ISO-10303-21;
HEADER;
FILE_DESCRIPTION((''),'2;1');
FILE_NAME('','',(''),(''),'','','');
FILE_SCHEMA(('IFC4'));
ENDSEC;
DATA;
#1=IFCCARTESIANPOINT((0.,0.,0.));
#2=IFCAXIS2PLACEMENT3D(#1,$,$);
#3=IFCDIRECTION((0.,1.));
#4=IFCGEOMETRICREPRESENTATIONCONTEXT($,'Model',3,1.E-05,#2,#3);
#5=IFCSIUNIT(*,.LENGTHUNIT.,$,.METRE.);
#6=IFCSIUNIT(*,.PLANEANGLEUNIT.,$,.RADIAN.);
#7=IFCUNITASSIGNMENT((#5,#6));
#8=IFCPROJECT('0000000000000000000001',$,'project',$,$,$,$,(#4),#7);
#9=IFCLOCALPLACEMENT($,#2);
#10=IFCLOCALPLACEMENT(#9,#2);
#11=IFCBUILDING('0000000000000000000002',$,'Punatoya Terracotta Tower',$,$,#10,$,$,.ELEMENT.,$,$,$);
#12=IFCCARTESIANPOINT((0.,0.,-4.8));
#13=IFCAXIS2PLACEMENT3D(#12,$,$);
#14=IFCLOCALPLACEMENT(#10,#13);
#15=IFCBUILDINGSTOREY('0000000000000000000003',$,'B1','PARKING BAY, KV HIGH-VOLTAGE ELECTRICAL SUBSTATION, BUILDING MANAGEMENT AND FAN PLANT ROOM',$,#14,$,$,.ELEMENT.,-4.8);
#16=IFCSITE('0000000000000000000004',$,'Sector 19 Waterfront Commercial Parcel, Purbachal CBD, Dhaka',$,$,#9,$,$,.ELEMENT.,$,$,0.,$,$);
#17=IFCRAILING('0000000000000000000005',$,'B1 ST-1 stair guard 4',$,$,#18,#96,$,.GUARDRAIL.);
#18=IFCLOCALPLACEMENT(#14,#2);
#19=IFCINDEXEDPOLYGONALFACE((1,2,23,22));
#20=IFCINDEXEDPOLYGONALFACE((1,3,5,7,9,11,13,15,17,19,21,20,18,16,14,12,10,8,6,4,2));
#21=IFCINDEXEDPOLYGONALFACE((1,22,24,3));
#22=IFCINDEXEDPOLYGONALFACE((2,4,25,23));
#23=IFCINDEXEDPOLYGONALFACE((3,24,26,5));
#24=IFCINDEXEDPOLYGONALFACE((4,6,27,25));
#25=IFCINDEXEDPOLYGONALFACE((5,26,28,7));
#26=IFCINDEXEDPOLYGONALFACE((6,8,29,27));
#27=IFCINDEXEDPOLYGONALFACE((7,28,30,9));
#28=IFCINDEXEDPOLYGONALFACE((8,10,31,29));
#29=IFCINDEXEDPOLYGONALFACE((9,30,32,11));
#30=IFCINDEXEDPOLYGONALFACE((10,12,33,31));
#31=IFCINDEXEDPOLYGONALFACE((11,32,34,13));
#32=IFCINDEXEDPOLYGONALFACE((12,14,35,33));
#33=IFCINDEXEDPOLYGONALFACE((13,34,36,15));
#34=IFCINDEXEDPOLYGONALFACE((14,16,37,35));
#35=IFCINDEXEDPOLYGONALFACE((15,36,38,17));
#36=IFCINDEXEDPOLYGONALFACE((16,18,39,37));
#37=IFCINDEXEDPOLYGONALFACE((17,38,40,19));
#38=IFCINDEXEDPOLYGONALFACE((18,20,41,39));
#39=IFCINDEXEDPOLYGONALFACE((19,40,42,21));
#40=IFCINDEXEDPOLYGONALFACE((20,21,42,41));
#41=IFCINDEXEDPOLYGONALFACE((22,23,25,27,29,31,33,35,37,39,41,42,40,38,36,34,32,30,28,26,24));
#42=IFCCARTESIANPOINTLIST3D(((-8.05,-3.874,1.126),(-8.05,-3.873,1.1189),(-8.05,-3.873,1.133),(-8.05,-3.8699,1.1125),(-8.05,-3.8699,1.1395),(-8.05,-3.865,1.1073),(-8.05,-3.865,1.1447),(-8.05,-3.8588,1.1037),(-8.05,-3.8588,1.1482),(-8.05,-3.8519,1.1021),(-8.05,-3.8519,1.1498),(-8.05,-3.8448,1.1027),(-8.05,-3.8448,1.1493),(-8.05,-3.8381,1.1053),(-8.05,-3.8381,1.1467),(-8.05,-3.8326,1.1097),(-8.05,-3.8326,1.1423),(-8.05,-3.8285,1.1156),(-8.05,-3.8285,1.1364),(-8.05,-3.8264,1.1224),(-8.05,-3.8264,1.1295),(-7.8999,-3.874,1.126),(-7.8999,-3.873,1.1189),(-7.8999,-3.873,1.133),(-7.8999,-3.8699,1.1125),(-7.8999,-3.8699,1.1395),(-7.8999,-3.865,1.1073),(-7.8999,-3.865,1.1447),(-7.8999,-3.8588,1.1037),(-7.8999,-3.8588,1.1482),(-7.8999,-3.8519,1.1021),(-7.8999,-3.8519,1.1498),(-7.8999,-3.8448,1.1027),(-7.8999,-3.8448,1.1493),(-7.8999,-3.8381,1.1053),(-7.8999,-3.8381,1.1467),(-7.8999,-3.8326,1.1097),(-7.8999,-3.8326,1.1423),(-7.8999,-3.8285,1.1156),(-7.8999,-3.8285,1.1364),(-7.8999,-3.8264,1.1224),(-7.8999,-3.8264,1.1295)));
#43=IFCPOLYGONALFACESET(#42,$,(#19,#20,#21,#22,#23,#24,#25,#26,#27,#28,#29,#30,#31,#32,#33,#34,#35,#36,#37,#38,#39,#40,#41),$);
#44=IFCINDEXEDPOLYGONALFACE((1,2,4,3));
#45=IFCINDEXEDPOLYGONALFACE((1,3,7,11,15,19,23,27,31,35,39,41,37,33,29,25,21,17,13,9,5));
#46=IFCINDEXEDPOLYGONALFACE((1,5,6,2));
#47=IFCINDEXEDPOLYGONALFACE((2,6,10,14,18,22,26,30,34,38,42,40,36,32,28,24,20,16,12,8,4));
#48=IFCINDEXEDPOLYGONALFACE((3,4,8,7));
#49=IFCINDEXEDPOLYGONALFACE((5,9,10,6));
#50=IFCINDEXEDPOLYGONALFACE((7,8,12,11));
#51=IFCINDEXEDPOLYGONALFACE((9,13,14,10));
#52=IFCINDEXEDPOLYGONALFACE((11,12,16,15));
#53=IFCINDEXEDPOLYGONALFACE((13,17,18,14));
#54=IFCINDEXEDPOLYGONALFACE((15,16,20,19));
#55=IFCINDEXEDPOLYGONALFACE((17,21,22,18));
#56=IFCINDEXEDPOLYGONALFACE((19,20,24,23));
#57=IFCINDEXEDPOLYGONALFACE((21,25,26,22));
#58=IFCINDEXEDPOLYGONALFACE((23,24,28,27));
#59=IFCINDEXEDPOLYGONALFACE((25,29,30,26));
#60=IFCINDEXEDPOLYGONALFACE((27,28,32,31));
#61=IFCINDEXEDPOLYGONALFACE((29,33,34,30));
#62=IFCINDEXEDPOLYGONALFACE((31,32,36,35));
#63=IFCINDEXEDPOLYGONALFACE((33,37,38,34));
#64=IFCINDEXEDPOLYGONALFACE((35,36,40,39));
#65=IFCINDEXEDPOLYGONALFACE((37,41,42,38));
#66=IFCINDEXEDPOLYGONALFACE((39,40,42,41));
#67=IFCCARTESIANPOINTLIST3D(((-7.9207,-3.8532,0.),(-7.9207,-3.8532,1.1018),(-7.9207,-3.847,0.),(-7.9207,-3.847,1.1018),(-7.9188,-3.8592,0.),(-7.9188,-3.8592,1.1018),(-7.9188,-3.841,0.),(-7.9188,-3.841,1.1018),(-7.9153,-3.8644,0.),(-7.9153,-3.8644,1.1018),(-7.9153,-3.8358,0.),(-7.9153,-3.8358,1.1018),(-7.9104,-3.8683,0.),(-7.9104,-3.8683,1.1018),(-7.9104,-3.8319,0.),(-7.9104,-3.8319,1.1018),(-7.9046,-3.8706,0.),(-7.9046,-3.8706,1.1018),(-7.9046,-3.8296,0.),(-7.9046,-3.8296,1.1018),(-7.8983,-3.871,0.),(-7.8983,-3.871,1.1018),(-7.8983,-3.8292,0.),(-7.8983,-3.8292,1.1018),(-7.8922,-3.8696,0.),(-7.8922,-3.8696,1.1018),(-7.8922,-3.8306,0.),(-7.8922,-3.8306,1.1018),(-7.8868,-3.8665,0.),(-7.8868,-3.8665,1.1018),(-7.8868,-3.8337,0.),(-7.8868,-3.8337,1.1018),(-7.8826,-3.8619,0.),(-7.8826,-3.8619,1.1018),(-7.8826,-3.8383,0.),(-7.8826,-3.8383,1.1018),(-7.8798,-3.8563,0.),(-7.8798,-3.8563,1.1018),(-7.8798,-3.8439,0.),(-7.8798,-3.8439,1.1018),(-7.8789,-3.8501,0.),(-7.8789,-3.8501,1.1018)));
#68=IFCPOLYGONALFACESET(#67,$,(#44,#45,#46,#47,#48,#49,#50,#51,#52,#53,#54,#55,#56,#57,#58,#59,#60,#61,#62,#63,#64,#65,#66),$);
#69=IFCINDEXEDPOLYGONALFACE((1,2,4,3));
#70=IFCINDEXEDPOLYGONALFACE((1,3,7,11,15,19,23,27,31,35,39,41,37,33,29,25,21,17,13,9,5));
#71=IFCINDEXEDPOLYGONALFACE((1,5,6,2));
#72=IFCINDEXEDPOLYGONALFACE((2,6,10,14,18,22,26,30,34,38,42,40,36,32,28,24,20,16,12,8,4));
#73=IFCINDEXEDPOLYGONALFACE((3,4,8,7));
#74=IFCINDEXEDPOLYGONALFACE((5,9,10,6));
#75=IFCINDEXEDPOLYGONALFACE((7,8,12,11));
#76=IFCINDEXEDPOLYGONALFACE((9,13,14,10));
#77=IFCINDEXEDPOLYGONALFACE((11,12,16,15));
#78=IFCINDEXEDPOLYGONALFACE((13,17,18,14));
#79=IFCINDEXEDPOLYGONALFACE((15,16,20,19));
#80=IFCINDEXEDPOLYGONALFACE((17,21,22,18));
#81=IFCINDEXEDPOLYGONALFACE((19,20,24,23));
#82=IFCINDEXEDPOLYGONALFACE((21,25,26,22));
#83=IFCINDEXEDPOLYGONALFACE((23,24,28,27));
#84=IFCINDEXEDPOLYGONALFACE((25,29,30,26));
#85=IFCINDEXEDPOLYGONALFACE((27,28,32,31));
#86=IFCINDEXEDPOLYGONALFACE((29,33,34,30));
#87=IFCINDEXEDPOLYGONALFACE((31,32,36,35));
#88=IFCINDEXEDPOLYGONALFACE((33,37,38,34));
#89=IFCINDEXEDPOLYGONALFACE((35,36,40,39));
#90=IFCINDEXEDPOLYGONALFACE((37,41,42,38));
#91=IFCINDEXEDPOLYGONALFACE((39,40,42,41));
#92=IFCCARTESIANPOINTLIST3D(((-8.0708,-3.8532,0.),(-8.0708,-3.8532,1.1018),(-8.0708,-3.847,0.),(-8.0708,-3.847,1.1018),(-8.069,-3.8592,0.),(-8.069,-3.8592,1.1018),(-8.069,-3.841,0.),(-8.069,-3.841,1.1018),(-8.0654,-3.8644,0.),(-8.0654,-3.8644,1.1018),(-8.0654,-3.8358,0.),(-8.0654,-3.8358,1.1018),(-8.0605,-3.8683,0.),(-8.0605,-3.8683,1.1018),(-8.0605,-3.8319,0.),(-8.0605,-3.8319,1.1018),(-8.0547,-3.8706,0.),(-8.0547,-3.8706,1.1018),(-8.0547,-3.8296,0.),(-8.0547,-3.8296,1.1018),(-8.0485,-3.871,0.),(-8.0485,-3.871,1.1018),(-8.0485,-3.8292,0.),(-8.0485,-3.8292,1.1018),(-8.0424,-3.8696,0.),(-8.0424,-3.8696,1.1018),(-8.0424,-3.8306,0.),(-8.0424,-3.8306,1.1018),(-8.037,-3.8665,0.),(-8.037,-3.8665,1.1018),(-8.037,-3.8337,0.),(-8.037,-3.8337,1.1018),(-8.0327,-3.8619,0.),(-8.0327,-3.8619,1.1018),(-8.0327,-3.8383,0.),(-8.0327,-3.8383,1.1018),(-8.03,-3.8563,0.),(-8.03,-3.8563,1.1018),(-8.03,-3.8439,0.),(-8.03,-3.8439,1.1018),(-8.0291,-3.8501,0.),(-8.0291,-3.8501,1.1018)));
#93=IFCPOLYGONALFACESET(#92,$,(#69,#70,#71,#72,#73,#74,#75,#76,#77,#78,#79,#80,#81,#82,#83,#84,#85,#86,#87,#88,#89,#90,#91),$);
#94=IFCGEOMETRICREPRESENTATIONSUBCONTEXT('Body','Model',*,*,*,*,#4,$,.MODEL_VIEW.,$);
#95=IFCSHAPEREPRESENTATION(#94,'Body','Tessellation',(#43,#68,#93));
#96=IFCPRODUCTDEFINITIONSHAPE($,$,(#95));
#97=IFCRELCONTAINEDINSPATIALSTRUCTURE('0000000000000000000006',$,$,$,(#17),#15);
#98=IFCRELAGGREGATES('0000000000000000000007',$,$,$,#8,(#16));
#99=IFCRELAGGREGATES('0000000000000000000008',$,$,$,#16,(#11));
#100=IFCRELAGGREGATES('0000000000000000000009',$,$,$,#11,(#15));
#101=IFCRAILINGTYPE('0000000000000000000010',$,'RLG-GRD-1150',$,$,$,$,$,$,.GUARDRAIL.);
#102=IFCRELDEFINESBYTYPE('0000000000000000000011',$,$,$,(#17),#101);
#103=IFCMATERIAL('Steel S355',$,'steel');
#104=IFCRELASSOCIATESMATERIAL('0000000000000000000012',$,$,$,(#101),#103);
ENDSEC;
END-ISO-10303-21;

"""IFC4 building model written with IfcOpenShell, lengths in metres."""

from ifc_helpers import new_model, si_unit, direction, frame, origin, origin_2d, place, context, subcontext, project, spatial, circle, extrude, material, type_object, element, save


model = new_model("IFC4")

# Units and contexts
model_context = context("Model", 3, precision=1e-05, world=origin(), true_north=direction((0.0, 1.0)))
body_context = subcontext(model_context, "Body", "Model", "MODEL_VIEW")
ifc_project = project(units=[si_unit("LENGTHUNIT", "METRE"), si_unit("PLANEANGLEUNIT", "RADIAN")], contexts=[model_context])

# Site, building, storey
site_placement = place(None, origin())
site = spatial("IfcSite", under=ifc_project, at=site_placement, Name="Sector 19 Waterfront Commercial Parcel, Purbachal CBD, Dhaka", CompositionType="ELEMENT", RefElevation=0.0)
building_placement = place(site_placement, origin())
building = spatial("IfcBuilding", under=site, at=building_placement, Name="Punatoya Terracotta Tower", CompositionType="ELEMENT")
storey_placement = place(building_placement, frame((0.0, 0.0, -4.8)))
storey = spatial("IfcBuildingStorey", under=building, at=storey_placement, Name="B1", Description="PARKING BAY, KV HIGH-VOLTAGE ELECTRICAL SUBSTATION, BUILDING MANAGEMENT AND FAN PLANT ROOM", CompositionType="ELEMENT", Elevation=-4.8)

# Shared definitions
ifc_material_1 = material(Name="Steel S355", Category="steel")

# Railing
railing_type_1 = type_object("IfcRailingType", Name="RLG-GRD-1150", PredefinedType="GUARDRAIL", material=ifc_material_1)
railing_1_placement = place(storey_placement, frame((-7.8999, -3.8501, 0.0)))
element("IfcRailing", 1, at=railing_1_placement, inside=storey, type_object=railing_type_1, Name="B1 ST-1 stair guard 4", PredefinedType="GUARDRAIL", context=body_context, shape_type="SweptSolid", body=[
    extrude(circle(Radius=0.0239, at=origin_2d()), frame((0.0, 0.0, 1.126), z_axis=(-1.0, 0.0, 0.0), x_axis=(0.0, -1.0, 0.0)), (0.0, 0.0, 1.0), 0.1501),
    extrude(circle(Radius=0.021, at=origin_2d()), origin(), (0.0, 0.0, 1.0), 1.1018),
    extrude(circle(Radius=0.021, at=origin_2d()), frame((-0.1501, 0.0, 0.0)), (0.0, 0.0, 1.0), 1.1018),
])

save(model, "model.ifc")
